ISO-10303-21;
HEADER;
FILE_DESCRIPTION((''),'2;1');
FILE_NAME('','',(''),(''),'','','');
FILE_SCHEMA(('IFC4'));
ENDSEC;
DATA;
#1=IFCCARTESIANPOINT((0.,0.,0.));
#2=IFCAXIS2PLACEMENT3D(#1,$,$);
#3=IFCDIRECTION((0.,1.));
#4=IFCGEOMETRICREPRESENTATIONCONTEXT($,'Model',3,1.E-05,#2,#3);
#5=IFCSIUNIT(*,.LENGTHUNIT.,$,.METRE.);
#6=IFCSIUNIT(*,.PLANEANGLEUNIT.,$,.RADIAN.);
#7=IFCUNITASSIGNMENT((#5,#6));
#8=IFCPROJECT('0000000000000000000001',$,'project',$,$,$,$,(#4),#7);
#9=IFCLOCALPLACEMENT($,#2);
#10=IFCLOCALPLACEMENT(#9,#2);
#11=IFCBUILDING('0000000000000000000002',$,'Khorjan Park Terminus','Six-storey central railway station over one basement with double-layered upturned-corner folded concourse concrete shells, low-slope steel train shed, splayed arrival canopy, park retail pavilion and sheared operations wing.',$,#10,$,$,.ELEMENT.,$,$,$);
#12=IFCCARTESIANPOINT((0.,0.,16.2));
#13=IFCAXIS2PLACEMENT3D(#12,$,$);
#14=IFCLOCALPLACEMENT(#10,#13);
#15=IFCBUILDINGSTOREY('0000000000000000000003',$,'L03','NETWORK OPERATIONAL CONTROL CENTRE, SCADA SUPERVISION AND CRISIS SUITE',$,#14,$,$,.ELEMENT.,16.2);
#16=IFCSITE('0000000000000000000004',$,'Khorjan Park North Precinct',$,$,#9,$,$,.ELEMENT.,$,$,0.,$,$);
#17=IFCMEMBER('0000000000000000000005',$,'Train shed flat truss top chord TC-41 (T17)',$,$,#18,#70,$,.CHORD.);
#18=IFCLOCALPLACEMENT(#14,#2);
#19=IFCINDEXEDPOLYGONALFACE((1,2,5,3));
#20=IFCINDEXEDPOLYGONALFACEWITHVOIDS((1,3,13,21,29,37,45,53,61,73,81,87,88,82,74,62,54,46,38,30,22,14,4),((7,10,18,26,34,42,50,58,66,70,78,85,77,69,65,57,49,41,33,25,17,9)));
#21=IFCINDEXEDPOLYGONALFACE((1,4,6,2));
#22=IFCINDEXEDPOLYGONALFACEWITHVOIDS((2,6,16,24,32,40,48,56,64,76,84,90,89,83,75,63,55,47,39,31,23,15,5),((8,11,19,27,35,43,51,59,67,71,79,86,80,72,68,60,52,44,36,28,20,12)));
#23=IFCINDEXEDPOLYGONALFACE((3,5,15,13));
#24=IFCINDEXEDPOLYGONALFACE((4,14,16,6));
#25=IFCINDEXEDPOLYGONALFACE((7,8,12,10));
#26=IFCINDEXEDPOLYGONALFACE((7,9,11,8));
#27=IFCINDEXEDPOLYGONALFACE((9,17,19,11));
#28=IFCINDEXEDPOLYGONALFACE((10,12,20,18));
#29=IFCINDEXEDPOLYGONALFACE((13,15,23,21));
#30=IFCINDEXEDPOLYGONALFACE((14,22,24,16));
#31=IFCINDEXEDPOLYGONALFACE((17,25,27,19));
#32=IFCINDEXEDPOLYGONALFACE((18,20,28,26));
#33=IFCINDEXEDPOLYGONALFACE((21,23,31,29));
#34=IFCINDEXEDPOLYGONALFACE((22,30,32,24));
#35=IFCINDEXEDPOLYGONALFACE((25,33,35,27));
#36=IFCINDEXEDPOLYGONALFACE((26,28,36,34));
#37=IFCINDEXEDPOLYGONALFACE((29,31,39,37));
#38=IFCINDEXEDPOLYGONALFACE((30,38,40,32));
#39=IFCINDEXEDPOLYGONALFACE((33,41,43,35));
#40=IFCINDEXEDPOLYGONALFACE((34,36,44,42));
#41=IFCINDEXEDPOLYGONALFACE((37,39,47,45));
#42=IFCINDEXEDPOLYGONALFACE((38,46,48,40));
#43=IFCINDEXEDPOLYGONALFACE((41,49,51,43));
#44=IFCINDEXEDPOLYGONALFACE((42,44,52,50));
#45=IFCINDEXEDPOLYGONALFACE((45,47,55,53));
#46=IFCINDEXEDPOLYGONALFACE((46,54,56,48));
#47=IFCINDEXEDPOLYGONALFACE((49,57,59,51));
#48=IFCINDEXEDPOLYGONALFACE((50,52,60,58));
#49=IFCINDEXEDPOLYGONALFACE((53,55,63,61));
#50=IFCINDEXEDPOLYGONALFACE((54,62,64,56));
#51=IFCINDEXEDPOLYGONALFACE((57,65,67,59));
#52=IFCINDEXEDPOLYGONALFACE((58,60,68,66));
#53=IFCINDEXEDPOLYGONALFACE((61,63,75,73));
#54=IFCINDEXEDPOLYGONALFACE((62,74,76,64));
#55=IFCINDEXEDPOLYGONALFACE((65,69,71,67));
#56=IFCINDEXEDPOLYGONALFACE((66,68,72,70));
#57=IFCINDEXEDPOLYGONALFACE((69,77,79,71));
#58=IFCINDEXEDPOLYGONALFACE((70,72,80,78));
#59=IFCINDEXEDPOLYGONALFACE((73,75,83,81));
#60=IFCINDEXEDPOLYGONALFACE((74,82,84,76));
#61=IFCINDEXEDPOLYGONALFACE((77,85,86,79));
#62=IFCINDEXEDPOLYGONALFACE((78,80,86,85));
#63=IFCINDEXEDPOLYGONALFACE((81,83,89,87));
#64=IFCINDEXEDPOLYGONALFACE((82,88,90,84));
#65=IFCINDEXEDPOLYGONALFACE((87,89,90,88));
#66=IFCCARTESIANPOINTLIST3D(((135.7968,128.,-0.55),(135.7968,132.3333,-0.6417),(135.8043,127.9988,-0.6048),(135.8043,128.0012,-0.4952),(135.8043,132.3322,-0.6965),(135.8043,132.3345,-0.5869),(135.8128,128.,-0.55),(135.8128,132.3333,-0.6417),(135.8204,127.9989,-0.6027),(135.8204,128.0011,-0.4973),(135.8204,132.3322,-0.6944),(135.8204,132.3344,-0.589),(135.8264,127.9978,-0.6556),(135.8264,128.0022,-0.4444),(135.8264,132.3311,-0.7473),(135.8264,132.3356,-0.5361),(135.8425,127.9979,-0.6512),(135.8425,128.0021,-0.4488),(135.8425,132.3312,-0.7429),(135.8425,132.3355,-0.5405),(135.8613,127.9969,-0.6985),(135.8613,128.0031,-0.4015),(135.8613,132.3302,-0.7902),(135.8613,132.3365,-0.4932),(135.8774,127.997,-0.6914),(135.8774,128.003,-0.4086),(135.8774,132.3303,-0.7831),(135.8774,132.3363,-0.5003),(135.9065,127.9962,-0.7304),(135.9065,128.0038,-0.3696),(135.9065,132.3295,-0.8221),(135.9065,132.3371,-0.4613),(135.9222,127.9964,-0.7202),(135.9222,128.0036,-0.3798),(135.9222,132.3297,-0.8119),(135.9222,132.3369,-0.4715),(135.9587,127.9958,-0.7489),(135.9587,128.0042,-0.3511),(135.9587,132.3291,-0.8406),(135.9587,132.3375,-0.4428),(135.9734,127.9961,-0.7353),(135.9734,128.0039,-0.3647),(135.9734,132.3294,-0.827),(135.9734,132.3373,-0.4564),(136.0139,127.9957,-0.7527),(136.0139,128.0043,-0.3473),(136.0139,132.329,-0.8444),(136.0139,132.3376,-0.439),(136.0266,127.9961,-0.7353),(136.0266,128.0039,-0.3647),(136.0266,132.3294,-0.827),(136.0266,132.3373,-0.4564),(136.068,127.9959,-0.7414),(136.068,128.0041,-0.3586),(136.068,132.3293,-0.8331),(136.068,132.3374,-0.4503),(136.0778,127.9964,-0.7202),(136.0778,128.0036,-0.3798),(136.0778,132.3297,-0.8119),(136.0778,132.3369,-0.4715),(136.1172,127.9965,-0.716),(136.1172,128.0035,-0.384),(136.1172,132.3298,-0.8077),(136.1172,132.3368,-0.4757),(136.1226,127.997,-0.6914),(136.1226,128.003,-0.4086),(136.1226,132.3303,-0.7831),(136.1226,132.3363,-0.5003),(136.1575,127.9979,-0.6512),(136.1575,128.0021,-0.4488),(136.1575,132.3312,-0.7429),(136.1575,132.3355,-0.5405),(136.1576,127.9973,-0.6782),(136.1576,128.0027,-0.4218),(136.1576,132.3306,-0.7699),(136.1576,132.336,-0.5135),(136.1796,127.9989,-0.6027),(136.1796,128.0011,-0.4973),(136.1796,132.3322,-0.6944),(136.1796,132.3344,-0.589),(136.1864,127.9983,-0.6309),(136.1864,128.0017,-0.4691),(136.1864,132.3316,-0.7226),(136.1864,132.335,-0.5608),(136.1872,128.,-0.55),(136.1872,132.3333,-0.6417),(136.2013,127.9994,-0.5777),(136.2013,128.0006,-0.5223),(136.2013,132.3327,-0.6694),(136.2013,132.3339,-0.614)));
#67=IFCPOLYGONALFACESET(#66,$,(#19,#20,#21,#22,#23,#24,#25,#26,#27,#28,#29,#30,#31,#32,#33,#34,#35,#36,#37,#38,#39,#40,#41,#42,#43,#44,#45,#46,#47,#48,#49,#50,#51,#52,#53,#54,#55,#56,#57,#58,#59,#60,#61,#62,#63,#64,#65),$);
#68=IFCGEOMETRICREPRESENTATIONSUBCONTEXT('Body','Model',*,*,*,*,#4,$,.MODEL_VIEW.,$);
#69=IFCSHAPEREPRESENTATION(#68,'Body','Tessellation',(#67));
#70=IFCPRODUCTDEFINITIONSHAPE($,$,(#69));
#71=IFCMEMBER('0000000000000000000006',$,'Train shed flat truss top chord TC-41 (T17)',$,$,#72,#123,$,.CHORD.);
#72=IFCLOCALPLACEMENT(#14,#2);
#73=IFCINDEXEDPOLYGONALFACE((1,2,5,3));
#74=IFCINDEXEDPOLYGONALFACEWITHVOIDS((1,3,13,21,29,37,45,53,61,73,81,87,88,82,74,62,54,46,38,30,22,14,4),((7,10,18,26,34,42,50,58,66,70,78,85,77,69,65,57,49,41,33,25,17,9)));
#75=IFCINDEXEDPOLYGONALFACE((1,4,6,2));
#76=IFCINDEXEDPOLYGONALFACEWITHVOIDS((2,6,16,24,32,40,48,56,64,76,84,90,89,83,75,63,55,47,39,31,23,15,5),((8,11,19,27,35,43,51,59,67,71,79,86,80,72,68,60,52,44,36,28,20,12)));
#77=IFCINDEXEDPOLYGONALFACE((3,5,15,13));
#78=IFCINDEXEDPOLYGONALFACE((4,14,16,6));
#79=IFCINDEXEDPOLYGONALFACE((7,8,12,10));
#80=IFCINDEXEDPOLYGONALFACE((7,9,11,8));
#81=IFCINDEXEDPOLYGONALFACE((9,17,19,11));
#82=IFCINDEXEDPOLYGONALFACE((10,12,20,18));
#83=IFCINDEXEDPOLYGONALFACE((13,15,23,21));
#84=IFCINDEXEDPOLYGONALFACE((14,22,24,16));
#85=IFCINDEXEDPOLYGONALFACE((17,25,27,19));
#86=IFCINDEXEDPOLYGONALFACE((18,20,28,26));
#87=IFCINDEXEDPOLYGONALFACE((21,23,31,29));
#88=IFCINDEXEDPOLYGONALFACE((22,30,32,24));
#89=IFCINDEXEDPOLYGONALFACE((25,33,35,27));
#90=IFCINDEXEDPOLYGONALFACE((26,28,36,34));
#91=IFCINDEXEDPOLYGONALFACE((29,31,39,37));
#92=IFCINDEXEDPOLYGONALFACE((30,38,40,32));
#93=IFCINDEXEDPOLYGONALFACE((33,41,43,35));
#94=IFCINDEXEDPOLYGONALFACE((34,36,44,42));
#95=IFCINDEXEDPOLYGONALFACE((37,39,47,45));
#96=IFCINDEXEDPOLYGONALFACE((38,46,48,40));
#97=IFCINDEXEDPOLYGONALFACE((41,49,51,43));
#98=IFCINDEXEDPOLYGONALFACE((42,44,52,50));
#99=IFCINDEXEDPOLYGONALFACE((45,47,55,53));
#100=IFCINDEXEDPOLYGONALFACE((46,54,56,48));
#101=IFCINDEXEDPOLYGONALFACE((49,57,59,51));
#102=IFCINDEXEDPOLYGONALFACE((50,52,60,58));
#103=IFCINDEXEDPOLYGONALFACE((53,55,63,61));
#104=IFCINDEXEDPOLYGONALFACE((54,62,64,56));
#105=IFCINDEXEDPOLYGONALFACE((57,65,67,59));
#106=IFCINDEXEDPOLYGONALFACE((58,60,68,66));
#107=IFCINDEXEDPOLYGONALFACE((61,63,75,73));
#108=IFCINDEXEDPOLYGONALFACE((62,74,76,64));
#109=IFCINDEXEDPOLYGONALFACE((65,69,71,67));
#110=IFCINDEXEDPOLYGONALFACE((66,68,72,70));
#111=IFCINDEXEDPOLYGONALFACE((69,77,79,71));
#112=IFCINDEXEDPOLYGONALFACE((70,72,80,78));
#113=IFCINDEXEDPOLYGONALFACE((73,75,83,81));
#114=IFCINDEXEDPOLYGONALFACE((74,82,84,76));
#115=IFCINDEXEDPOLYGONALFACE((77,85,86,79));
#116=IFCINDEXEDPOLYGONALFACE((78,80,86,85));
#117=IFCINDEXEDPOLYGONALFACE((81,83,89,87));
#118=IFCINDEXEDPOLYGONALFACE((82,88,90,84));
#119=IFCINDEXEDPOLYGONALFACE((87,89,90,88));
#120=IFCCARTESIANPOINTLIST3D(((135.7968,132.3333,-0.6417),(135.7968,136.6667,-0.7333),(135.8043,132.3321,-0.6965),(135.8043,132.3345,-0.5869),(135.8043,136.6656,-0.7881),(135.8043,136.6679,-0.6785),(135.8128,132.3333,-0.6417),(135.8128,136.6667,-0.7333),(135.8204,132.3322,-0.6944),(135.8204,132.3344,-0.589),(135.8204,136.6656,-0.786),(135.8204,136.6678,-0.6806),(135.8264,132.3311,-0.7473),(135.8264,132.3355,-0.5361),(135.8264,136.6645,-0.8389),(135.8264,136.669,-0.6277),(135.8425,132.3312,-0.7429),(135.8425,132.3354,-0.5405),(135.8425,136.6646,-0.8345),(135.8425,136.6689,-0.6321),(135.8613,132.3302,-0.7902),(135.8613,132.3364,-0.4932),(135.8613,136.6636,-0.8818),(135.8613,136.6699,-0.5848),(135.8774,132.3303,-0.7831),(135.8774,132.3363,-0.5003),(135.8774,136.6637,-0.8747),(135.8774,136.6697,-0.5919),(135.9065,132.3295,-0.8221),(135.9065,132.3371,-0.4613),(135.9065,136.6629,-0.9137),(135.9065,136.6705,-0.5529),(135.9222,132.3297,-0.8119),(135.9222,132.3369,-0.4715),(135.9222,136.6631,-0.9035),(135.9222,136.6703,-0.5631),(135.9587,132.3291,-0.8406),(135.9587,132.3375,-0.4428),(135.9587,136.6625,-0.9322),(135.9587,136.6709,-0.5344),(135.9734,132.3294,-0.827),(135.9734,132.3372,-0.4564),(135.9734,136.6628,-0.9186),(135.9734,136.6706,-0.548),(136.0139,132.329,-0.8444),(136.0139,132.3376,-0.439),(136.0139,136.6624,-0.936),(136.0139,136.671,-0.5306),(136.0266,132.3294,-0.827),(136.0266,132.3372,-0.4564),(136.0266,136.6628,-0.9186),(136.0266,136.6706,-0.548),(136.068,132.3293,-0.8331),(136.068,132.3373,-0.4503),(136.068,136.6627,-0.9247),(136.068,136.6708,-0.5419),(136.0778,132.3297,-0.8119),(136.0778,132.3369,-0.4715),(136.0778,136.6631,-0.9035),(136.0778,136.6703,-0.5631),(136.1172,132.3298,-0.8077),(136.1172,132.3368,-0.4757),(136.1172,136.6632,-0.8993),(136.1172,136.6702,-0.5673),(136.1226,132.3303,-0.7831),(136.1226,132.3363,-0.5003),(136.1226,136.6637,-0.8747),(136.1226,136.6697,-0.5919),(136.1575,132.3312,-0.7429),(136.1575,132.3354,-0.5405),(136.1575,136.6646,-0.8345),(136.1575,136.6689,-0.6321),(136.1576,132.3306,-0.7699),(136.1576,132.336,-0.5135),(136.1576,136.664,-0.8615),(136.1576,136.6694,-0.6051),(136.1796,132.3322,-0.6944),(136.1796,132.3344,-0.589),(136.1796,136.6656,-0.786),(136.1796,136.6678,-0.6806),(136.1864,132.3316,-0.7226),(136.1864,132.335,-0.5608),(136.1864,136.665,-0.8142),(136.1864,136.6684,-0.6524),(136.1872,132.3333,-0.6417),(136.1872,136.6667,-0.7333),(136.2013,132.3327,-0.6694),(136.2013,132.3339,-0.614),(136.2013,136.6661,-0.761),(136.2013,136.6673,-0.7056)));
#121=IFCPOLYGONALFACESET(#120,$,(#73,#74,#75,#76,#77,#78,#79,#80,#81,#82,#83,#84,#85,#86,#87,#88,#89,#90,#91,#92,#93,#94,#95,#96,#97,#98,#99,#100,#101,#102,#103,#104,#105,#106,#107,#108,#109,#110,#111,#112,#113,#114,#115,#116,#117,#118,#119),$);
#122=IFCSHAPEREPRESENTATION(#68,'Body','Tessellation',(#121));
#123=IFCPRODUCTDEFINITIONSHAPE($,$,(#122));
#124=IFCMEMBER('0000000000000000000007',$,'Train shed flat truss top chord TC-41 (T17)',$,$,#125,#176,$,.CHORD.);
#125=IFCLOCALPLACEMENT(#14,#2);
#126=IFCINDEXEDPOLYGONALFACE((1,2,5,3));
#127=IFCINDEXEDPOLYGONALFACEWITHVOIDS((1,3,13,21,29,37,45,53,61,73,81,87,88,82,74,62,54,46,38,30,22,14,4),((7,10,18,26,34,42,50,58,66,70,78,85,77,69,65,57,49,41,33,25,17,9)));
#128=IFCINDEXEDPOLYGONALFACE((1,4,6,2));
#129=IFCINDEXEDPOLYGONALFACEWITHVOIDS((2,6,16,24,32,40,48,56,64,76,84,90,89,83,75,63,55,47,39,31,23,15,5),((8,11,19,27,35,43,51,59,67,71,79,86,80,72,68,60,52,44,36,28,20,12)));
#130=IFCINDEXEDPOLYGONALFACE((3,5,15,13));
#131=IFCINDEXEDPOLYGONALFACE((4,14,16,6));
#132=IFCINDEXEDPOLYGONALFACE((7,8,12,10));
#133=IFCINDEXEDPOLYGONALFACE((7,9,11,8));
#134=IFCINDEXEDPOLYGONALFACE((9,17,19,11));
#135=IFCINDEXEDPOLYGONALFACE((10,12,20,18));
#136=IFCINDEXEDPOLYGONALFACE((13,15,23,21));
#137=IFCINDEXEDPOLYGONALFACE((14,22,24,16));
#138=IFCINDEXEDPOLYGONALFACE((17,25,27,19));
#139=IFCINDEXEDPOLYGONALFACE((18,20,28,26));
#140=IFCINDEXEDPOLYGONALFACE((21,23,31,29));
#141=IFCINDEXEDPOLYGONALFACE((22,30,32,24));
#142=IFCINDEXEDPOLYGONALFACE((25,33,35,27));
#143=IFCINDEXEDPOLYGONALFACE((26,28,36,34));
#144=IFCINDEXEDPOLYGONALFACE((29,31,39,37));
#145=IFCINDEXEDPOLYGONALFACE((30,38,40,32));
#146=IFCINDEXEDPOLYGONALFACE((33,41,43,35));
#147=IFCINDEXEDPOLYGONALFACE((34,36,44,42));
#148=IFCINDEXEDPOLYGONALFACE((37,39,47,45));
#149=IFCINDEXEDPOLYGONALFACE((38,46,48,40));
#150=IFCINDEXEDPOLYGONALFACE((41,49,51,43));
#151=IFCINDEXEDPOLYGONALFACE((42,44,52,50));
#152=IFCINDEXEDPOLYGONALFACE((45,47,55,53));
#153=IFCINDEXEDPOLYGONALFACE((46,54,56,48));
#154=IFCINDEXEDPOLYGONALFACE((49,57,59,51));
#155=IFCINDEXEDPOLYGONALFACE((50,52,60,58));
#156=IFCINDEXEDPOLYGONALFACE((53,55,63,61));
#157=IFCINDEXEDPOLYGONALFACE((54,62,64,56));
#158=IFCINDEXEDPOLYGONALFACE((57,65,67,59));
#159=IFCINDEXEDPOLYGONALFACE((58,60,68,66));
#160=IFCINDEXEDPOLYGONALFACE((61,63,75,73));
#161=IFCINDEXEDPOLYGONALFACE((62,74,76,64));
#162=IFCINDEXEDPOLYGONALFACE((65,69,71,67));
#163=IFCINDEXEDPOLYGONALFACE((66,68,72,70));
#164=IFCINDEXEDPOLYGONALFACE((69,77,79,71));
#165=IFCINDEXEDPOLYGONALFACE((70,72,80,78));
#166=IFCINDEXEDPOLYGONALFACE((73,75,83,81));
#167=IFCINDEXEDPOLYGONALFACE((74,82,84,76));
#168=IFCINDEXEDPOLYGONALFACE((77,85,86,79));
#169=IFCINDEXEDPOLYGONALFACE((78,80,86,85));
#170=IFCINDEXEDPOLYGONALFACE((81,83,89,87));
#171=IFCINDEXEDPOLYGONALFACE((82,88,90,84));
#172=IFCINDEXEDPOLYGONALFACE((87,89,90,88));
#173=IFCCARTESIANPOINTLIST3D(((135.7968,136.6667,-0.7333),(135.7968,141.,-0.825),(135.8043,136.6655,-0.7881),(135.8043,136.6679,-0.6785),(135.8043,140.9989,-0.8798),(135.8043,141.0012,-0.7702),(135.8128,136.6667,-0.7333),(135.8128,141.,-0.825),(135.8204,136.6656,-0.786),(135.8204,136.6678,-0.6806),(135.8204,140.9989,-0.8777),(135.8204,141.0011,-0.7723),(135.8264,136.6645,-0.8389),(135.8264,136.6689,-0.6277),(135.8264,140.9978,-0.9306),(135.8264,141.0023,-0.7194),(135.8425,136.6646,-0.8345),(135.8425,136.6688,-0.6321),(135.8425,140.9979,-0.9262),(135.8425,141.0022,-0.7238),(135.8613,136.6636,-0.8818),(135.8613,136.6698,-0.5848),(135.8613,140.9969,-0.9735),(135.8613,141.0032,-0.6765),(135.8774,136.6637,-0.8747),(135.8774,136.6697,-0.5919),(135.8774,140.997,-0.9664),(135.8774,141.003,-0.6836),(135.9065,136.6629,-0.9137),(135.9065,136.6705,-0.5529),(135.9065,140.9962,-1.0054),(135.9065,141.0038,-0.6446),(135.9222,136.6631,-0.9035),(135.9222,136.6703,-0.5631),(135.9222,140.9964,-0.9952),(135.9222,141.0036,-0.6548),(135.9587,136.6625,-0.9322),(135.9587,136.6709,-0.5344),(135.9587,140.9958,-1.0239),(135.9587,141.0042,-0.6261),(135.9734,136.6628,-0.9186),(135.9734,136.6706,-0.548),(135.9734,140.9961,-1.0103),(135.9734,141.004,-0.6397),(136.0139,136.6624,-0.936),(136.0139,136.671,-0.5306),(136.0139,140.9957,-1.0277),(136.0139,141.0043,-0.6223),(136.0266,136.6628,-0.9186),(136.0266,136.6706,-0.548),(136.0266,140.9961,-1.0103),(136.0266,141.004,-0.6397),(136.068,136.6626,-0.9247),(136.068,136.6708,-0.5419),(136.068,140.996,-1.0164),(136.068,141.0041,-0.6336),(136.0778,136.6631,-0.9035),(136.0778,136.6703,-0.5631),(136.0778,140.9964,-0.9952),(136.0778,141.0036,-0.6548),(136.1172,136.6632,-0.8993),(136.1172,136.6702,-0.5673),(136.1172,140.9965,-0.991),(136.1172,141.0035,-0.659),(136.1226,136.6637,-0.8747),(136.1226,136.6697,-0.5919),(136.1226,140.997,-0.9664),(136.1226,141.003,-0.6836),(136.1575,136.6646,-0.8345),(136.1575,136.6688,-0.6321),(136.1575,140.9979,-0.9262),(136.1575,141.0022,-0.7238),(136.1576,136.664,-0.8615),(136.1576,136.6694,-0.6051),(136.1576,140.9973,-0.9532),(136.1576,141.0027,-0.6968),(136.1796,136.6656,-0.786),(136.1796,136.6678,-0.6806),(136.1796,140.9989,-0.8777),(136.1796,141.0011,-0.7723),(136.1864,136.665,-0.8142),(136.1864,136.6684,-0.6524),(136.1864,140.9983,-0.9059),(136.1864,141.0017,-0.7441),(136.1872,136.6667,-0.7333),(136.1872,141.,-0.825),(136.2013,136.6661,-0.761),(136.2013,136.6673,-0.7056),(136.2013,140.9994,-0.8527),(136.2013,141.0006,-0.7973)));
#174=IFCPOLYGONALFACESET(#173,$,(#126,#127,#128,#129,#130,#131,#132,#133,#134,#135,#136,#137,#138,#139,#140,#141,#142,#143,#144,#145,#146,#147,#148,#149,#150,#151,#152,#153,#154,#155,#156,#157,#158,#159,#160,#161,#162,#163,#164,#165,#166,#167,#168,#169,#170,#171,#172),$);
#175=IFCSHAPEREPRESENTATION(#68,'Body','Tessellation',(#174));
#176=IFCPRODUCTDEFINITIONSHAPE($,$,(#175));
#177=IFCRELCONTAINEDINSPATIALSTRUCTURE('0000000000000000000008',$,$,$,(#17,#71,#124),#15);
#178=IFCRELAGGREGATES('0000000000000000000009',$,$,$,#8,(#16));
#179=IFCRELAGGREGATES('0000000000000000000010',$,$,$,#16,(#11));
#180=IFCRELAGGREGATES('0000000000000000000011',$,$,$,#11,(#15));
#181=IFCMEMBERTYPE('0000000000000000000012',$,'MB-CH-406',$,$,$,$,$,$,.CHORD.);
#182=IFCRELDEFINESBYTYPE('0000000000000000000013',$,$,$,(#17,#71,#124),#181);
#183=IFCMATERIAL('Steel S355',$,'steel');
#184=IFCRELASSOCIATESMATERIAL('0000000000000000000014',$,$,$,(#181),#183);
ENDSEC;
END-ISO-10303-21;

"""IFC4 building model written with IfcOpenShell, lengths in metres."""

from ifc_helpers import new_model, si_unit, direction, frame, origin, origin_2d, place, context, subcontext, project, spatial, hollow_circle, extrude, material, material_profile, profile_set, type_object, element, save


model = new_model("IFC4")

# Units and contexts
model_context = context("Model", 3, precision=1e-05, world=origin(), true_north=direction((0.0, 1.0)))
body_context = subcontext(model_context, "Body", "Model", "MODEL_VIEW")
ifc_project = project(units=[si_unit("LENGTHUNIT", "METRE"), si_unit("PLANEANGLEUNIT", "RADIAN")], contexts=[model_context])

# Site, building, storey
site_placement = place(None, origin())
site = spatial("IfcSite", under=ifc_project, at=site_placement, Name="Khorjan Park North Precinct", CompositionType="ELEMENT", RefElevation=0.0)
building_placement = place(site_placement, origin())
building = spatial("IfcBuilding", under=site, at=building_placement, Name="Khorjan Park Terminus", Description="Six-storey central railway station over one basement with double-layered upturned-corner folded concourse concrete shells, low-slope steel train shed, splayed arrival canopy, park retail pavilion and sheared operations wing.", CompositionType="ELEMENT")
storey_placement = place(building_placement, frame((0.0, 0.0, 16.2)))
storey = spatial("IfcBuildingStorey", under=building, at=storey_placement, Name="L03", Description="NETWORK OPERATIONAL CONTROL CENTRE, SCADA SUPERVISION AND CRISIS SUITE", CompositionType="ELEMENT", Elevation=16.2)

# Members
ifc_material = material(Name="Steel S355", Category="steel")
ifc_material_profile_1 = material_profile(ifc_material, hollow_circle(Radius=0.2032, WallThickness=0.016, at=origin_2d()), Name="CHS 406.4x16")
ifc_profile_set_1 = profile_set([ifc_material_profile_1], Name="Steel S355")
member_type_1 = type_object("IfcMemberType", Name="MB-CH-406", PredefinedType="CHORD", material=ifc_profile_set_1)
member_1_placement = place(storey_placement, frame((136.0, 128.0, -0.55), z_axis=(0.0, 0.999776, -0.021157), x_axis=(-1.0, 0.0, 0.0)))
element("IfcMember", 1, at=member_1_placement, inside=storey, type_object=member_type_1, Name="Train shed flat truss top chord TC-41 (T17)", PredefinedType="CHORD", context=body_context, shape_type="SweptSolid", body=[
    extrude(hollow_circle(Radius=0.2032, WallThickness=0.016, at=origin_2d()), origin(), (0.0, 0.0, 1.0), 4.3343),
])
member_2_placement = place(storey_placement, frame((136.0, 132.3333, -0.6417), z_axis=(0.0, 0.999777, -0.021133), x_axis=(-1.0, 0.0, 0.0)))
element("IfcMember", 2, at=member_2_placement, inside=storey, type_object=member_type_1, Name="Train shed flat truss top chord TC-41 (T17)", PredefinedType="CHORD", context=body_context, shape_type="SweptSolid", body=[
    extrude(hollow_circle(Radius=0.2032, WallThickness=0.016, at=origin_2d()), origin(), (0.0, 0.0, 1.0), 4.3344),
])
member_3_placement = place(storey_placement, frame((136.0, 136.6667, -0.7333), z_axis=(0.0, 0.999776, -0.021157), x_axis=(-1.0, 0.0, 0.0)))
element("IfcMember", 3, at=member_3_placement, inside=storey, type_object=member_type_1, Name="Train shed flat truss top chord TC-41 (T17)", PredefinedType="CHORD", context=body_context, shape_type="SweptSolid", body=[
    extrude(hollow_circle(Radius=0.2032, WallThickness=0.016, at=origin_2d()), origin(), (0.0, 0.0, 1.0), 4.3343),
])

save(model, "model.ifc")
